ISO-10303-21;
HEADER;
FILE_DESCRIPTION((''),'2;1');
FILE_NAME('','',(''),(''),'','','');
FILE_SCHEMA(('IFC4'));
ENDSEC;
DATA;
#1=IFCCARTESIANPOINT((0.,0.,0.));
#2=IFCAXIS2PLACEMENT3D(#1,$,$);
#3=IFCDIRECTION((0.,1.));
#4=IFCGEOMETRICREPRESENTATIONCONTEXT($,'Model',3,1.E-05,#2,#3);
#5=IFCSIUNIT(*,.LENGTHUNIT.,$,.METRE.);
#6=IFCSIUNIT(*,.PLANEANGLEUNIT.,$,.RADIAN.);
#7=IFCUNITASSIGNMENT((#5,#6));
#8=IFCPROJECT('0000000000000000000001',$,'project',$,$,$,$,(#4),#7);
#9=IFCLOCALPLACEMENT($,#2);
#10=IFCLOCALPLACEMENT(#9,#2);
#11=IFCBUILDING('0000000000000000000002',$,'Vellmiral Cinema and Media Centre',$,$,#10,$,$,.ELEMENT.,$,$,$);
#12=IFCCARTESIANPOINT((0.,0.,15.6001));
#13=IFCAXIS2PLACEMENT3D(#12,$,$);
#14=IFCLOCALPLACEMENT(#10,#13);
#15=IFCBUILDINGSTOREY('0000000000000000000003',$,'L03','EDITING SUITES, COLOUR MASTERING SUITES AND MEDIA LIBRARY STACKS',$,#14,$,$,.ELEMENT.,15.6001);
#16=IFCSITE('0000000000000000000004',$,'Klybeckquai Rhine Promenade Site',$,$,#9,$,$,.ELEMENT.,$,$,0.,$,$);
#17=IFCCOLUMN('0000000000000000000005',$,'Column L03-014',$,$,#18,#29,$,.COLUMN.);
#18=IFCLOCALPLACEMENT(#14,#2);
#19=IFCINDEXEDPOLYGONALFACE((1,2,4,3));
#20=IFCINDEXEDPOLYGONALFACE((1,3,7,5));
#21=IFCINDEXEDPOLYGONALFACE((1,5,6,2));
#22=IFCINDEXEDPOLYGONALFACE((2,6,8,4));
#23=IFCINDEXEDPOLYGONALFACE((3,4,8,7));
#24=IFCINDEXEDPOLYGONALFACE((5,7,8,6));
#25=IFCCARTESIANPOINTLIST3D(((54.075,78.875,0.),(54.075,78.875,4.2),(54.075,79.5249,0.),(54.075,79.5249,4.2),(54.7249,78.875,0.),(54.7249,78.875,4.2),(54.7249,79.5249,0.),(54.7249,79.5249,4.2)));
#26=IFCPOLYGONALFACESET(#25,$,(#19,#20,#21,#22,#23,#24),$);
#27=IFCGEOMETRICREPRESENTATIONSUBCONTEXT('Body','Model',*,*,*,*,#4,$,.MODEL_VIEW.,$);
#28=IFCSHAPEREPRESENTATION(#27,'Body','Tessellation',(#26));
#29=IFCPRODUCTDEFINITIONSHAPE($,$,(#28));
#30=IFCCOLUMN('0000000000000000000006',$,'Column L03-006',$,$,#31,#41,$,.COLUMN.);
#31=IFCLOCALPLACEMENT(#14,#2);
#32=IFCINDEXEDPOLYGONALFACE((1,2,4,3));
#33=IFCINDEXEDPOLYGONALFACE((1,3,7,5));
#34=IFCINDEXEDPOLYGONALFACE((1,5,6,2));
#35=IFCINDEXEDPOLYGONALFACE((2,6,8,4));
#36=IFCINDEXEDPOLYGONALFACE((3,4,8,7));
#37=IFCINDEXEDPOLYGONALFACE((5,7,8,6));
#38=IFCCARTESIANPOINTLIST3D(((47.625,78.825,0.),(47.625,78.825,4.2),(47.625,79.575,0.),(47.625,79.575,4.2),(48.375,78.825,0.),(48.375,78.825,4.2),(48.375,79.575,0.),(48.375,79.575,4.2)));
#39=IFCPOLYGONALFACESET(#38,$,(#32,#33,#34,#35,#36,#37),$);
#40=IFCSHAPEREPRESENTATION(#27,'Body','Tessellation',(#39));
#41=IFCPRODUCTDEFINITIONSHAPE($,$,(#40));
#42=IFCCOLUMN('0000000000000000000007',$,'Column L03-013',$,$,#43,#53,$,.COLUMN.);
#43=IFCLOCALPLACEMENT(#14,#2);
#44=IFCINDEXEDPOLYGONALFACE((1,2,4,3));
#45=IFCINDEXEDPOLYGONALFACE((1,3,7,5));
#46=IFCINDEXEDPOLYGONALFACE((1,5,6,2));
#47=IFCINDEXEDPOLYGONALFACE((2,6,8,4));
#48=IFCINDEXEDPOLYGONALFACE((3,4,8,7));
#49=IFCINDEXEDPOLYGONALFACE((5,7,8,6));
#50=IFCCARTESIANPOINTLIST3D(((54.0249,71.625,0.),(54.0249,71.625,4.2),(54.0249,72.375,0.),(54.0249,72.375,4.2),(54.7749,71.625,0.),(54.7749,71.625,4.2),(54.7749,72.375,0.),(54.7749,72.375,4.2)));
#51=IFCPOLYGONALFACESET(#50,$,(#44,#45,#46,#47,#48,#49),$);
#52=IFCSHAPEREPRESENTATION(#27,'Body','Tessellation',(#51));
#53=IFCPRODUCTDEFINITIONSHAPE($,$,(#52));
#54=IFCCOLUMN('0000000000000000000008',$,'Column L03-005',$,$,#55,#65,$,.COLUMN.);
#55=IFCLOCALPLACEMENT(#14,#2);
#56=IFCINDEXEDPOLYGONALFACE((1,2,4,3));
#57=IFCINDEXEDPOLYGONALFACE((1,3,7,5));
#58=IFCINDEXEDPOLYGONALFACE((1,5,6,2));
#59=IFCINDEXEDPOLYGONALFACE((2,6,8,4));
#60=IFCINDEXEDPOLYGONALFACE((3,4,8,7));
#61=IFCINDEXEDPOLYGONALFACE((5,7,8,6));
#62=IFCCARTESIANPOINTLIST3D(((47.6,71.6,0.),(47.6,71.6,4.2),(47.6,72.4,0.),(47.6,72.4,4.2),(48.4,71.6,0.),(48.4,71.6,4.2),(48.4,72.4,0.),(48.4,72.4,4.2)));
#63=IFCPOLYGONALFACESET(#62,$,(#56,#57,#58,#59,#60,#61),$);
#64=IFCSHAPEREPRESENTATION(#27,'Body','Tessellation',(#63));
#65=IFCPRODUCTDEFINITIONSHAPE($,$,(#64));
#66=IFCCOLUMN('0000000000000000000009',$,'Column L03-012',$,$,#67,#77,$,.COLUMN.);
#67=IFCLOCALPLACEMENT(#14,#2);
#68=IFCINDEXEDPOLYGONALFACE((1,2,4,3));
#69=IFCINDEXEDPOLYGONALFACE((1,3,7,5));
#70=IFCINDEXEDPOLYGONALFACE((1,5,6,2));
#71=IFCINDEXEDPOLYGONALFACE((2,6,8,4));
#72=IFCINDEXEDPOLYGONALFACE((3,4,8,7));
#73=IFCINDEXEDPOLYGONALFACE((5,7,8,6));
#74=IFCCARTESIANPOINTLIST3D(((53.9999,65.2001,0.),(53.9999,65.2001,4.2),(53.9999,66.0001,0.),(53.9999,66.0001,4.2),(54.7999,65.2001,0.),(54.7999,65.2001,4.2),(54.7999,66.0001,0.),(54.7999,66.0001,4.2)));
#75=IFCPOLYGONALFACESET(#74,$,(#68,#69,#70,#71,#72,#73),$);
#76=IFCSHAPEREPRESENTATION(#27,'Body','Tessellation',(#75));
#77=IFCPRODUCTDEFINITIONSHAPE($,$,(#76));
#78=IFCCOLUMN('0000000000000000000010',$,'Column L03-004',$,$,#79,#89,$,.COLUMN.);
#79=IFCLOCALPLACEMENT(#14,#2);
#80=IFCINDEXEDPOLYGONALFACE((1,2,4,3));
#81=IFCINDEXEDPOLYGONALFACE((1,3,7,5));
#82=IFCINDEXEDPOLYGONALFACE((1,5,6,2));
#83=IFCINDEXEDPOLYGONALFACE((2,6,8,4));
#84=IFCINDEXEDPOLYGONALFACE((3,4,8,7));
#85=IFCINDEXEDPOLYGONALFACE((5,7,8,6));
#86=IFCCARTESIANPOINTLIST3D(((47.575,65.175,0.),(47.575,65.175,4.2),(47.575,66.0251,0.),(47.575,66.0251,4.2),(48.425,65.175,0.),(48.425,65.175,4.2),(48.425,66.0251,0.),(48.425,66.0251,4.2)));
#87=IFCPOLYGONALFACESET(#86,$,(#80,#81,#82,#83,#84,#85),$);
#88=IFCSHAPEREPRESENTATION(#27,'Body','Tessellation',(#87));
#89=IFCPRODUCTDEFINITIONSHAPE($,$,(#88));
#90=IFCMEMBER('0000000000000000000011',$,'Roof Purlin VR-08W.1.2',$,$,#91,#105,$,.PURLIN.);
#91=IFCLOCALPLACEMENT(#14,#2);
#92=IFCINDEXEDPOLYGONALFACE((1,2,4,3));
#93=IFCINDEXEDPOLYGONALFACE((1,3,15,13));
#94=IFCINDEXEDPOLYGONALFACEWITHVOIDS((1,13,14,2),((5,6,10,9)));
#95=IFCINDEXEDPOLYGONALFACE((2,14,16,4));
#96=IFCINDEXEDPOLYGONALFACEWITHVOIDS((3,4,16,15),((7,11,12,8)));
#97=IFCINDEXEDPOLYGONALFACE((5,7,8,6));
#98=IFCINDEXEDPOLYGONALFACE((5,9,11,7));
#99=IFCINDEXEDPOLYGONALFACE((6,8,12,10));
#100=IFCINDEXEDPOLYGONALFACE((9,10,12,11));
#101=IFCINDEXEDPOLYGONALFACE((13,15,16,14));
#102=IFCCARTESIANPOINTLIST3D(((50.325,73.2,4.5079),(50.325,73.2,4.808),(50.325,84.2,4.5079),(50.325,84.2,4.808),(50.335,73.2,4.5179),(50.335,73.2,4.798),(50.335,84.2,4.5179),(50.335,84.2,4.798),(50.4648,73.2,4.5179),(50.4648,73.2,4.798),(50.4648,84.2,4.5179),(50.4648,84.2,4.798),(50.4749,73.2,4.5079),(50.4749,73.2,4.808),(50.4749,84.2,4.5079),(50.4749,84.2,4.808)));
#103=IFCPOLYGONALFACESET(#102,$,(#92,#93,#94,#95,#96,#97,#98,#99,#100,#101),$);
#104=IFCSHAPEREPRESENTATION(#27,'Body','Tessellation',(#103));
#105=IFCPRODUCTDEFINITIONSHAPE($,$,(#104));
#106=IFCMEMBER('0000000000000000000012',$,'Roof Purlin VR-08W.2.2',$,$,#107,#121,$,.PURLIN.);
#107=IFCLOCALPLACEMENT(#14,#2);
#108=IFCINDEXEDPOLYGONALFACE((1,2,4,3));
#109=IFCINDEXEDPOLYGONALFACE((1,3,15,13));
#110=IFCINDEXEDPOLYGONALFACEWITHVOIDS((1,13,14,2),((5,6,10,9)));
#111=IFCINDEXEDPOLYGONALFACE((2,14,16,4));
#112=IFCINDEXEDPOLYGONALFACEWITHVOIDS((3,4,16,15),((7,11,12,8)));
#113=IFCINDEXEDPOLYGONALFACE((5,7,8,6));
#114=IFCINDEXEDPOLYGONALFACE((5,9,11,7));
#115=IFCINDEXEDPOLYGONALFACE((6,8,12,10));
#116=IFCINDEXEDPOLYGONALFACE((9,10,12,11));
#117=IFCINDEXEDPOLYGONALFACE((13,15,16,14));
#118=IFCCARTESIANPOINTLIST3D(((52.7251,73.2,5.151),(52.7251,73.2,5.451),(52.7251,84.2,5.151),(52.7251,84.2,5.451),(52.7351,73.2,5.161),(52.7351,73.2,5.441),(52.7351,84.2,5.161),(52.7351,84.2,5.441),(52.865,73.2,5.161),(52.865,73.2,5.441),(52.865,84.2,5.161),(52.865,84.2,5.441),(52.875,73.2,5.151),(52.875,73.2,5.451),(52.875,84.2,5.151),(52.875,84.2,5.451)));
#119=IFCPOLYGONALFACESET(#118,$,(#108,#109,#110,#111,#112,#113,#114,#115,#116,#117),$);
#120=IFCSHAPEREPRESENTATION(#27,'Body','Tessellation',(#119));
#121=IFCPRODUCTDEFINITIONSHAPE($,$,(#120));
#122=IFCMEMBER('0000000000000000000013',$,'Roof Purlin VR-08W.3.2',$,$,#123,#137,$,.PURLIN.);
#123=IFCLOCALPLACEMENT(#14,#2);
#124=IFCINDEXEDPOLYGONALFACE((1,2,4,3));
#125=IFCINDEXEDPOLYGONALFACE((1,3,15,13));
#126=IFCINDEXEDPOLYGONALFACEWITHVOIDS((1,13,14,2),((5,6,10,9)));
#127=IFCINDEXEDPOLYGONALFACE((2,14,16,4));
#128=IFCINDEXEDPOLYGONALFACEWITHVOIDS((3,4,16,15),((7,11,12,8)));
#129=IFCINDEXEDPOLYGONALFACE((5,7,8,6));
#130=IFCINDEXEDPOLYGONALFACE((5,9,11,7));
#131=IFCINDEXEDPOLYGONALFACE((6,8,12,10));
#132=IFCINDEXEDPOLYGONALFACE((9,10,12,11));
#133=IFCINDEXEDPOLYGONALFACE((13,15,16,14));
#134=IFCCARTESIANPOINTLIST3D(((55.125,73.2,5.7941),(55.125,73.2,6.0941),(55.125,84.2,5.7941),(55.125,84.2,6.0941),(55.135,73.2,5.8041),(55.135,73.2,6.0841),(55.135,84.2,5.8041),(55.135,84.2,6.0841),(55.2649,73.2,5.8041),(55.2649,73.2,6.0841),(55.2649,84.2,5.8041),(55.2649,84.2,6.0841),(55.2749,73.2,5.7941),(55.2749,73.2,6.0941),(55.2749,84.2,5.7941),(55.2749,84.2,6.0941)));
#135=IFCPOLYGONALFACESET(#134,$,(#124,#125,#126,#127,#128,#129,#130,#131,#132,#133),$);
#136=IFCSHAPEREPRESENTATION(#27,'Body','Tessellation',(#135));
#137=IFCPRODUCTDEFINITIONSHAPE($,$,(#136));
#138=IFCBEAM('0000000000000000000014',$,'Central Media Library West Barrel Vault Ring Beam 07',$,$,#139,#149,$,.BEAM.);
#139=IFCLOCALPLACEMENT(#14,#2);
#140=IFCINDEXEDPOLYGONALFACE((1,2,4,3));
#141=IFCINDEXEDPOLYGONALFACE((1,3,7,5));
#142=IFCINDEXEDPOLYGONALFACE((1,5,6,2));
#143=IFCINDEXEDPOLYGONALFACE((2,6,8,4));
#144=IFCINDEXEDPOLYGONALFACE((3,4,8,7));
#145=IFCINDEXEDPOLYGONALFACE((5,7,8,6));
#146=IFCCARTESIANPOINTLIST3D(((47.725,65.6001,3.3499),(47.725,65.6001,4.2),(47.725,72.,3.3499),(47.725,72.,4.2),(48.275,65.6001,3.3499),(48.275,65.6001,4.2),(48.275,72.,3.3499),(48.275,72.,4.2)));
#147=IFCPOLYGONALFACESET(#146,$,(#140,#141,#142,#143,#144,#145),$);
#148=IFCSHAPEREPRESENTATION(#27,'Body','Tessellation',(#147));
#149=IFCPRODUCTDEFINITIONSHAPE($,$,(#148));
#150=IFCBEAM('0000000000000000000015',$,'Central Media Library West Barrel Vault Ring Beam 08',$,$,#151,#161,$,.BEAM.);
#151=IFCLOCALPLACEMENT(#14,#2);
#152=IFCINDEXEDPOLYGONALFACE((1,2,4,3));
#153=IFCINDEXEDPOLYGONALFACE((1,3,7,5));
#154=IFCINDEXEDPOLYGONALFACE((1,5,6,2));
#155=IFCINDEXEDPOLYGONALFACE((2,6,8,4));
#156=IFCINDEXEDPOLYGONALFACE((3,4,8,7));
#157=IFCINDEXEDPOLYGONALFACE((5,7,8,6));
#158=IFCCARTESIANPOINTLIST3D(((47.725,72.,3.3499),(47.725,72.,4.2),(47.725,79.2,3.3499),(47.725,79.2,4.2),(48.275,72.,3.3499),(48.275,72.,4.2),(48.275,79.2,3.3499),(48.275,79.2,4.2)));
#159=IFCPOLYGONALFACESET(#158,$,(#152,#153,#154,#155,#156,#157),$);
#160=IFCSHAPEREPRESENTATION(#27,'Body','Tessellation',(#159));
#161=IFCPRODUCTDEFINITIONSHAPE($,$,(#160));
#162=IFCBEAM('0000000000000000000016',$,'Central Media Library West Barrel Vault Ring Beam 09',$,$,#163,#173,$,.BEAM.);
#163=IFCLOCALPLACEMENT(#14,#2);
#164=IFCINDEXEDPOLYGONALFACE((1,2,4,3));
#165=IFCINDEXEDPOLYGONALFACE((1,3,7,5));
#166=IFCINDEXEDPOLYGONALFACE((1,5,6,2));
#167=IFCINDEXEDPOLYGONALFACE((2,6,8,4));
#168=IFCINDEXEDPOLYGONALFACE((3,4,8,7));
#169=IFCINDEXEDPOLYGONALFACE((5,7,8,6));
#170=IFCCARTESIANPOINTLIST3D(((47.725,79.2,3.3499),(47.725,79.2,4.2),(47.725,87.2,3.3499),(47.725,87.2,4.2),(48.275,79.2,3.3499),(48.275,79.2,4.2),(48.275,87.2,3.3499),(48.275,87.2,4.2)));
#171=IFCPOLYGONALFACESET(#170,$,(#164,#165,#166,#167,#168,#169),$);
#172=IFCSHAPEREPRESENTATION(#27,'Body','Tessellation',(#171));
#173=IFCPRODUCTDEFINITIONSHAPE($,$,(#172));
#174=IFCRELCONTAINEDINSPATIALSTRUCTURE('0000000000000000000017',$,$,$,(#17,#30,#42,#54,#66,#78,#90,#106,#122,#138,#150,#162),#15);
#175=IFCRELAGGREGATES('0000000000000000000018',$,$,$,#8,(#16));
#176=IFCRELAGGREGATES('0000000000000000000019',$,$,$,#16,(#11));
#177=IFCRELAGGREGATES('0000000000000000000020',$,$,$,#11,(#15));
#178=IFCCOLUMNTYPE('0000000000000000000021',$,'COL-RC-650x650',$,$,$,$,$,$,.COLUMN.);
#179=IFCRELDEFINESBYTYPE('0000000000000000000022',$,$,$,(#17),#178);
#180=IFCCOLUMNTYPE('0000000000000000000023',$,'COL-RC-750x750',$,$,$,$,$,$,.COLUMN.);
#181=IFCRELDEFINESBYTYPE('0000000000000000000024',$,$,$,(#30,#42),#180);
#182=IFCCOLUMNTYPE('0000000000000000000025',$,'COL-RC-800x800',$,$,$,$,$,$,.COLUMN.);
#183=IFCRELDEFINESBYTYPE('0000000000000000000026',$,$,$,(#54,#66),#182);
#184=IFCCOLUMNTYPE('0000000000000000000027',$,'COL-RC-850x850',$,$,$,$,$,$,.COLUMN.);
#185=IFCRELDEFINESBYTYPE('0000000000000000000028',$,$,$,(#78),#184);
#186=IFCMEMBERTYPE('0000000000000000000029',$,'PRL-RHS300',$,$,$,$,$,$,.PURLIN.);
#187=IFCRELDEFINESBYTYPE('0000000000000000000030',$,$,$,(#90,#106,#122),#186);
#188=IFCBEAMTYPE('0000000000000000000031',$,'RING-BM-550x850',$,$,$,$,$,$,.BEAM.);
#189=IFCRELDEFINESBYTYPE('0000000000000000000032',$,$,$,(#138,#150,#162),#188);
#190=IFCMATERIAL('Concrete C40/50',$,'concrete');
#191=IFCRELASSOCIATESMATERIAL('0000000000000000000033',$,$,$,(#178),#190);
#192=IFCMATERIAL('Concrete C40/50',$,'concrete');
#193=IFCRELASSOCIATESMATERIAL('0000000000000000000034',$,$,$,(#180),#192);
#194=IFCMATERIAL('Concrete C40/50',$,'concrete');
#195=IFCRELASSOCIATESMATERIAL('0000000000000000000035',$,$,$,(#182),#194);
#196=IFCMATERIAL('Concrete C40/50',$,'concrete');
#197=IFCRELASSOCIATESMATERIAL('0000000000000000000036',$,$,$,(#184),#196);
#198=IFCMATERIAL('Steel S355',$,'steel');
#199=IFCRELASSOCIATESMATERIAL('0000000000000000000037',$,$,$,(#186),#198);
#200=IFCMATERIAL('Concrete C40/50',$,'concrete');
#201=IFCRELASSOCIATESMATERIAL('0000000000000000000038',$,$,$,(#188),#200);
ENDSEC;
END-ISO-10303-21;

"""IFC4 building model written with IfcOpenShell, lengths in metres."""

from ifc_helpers import new_model, si_unit, direction, frame, origin, origin_2d, place, context, subcontext, project, spatial, rectangle, hollow_rectangle, extrude, material, material_profile, profile_set, type_object, element, save


model = new_model("IFC4")

# Units and contexts
model_context = context("Model", 3, precision=1e-05, world=origin(), true_north=direction((0.0, 1.0)))
body_context = subcontext(model_context, "Body", "Model", "MODEL_VIEW")
ifc_project = project(units=[si_unit("LENGTHUNIT", "METRE"), si_unit("PLANEANGLEUNIT", "RADIAN")], contexts=[model_context])

# Site, building, storey
site_placement = place(None, origin())
site = spatial("IfcSite", under=ifc_project, at=site_placement, Name="Klybeckquai Rhine Promenade Site", CompositionType="ELEMENT", RefElevation=0.0)
building_placement = place(site_placement, origin())
building = spatial("IfcBuilding", under=site, at=building_placement, Name="Vellmiral Cinema and Media Centre", CompositionType="ELEMENT")
storey_placement = place(building_placement, frame((0.0, 0.0, 15.6001)))
storey = spatial("IfcBuildingStorey", under=building, at=storey_placement, Name="L03", Description="EDITING SUITES, COLOUR MASTERING SUITES AND MEDIA LIBRARY STACKS", CompositionType="ELEMENT", Elevation=15.6001)

# Columns
ifc_material_1 = material(Name="Concrete C40/50", Category="concrete")
ifc_material_profile_1 = material_profile(ifc_material_1, rectangle(XDim=0.6499, YDim=0.6499, at=origin_2d()), Name="RC 650x650")
ifc_profile_set_1 = profile_set([ifc_material_profile_1], Name="Concrete C40/50")
column_type_1 = type_object("IfcColumnType", Name="COL-RC-650x650", PredefinedType="COLUMN", material=ifc_profile_set_1)
column_1_placement = place(storey_placement, frame((54.3999, 79.2, 0.0), z_axis=(0.0, 0.0, 1.0), x_axis=(1.0, 0.0, 0.0)))
element("IfcColumn", 1, at=column_1_placement, inside=storey, type_object=column_type_1, Name="Column L03-014", PredefinedType="COLUMN", context=body_context, shape_type="SweptSolid", body=[
    extrude(rectangle(XDim=0.6499, YDim=0.6499, at=origin_2d()), origin(), (0.0, 0.0, 1.0), 4.2),
])
ifc_material_2 = material(Name="Concrete C40/50", Category="concrete")
ifc_material_profile_2 = material_profile(ifc_material_2, rectangle(XDim=0.75, YDim=0.75, at=origin_2d()), Name="RC 750x750")
ifc_profile_set_2 = profile_set([ifc_material_profile_2], Name="Concrete C40/50")
column_type_2 = type_object("IfcColumnType", Name="COL-RC-750x750", PredefinedType="COLUMN", material=ifc_profile_set_2)
for number, where, z_axis, x_axis, name in (
    (2, (48.0, 79.2, 0.0), (0.0, 0.0, 1.0), (1.0, 0.0, 0.0), "Column L03-006"),
    (3, (54.3999, 72.0, 0.0), (0.0, 0.0, 1.0), (1.0, 0.0, 0.0), "Column L03-013"),
):
    element("IfcColumn", number, at=place(storey_placement, frame(where, z_axis=z_axis, x_axis=x_axis)), inside=storey, type_object=column_type_2, Name=name, PredefinedType="COLUMN", context=body_context, shape_type="SweptSolid", body=[
        extrude(rectangle(XDim=0.75, YDim=0.75, at=origin_2d()), origin(), (0.0, 0.0, 1.0), 4.2),
    ])
ifc_material_3 = material(Name="Concrete C40/50", Category="concrete")
ifc_material_profile_3 = material_profile(ifc_material_3, rectangle(XDim=0.8, YDim=0.8, at=origin_2d()), Name="RC 800x800")
ifc_profile_set_3 = profile_set([ifc_material_profile_3], Name="Concrete C40/50")
column_type_3 = type_object("IfcColumnType", Name="COL-RC-800x800", PredefinedType="COLUMN", material=ifc_profile_set_3)
for number, where, z_axis, x_axis, name in (
    (4, (48.0, 72.0, 0.0), (0.0, 0.0, 1.0), (1.0, 0.0, 0.0), "Column L03-005"),
    (5, (54.3999, 65.6001, 0.0), (0.0, 0.0, 1.0), (1.0, 0.0, 0.0), "Column L03-012"),
):
    element("IfcColumn", number, at=place(storey_placement, frame(where, z_axis=z_axis, x_axis=x_axis)), inside=storey, type_object=column_type_3, Name=name, PredefinedType="COLUMN", context=body_context, shape_type="SweptSolid", body=[
        extrude(rectangle(XDim=0.8, YDim=0.8, at=origin_2d()), origin(), (0.0, 0.0, 1.0), 4.2),
    ])
ifc_material_4 = material(Name="Concrete C40/50", Category="concrete")
ifc_material_profile_4 = material_profile(ifc_material_4, rectangle(XDim=0.8501, YDim=0.8501, at=origin_2d()), Name="RC 850x850")
ifc_profile_set_4 = profile_set([ifc_material_profile_4], Name="Concrete C40/50")
column_type_4 = type_object("IfcColumnType", Name="COL-RC-850x850", PredefinedType="COLUMN", material=ifc_profile_set_4)
column_2_placement = place(storey_placement, frame((48.0, 65.6001, 0.0), z_axis=(0.0, 0.0, 1.0), x_axis=(1.0, 0.0, 0.0)))
element("IfcColumn", 6, at=column_2_placement, inside=storey, type_object=column_type_4, Name="Column L03-004", PredefinedType="COLUMN", context=body_context, shape_type="SweptSolid", body=[
    extrude(rectangle(XDim=0.8501, YDim=0.8501, at=origin_2d()), origin(), (0.0, 0.0, 1.0), 4.2),
])

# Members
ifc_material_5 = material(Name="Steel S355", Category="steel")
ifc_material_profile_5 = material_profile(ifc_material_5, hollow_rectangle(XDim=0.1499, YDim=0.3, WallThickness=0.01, at=origin_2d()), Name="RHS 300x150x10.0")
ifc_profile_set_5 = profile_set([ifc_material_profile_5], Name="Steel S355")
member_type_1 = type_object("IfcMemberType", Name="PRL-RHS300", PredefinedType="PURLIN", material=ifc_profile_set_5)
for number, where, z_axis, x_axis, name in (
    (7, (50.3999, 73.2, 4.658), (0.0, 1.0, 0.0), (-1.0, 0.0, 0.0), "Roof Purlin VR-08W.1.2"),
    (8, (52.8, 73.2, 5.301), (0.0, 1.0, 0.0), (-1.0, 0.0, 0.0), "Roof Purlin VR-08W.2.2"),
    (9, (55.2, 73.2, 5.9441), (0.0, 1.0, 0.0), (-1.0, 0.0, 0.0), "Roof Purlin VR-08W.3.2"),
):
    element("IfcMember", number, at=place(storey_placement, frame(where, z_axis=z_axis, x_axis=x_axis)), inside=storey, type_object=member_type_1, Name=name, PredefinedType="PURLIN", context=body_context, shape_type="SweptSolid", body=[
        extrude(hollow_rectangle(XDim=0.1499, YDim=0.3, WallThickness=0.01, at=origin_2d()), origin(), (0.0, 0.0, 1.0), 11.0),
    ])

# Beams
ifc_material_6 = material(Name="Concrete C40/50", Category="concrete")
ifc_material_profile_6 = material_profile(ifc_material_6, rectangle(XDim=0.55, YDim=0.8501, at=origin_2d()), Name="RC 550x850")
ifc_profile_set_6 = profile_set([ifc_material_profile_6], Name="Concrete C40/50")
beam_type = type_object("IfcBeamType", Name="RING-BM-550x850", PredefinedType="BEAM", material=ifc_profile_set_6)
beam_1_placement = place(storey_placement, frame((48.0, 65.6001, 3.7749), z_axis=(0.0, 1.0, 0.0), x_axis=(-1.0, 0.0, 0.0)))
element("IfcBeam", 10, at=beam_1_placement, inside=storey, type_object=beam_type, Name="Central Media Library West Barrel Vault Ring Beam 07", PredefinedType="BEAM", context=body_context, shape_type="SweptSolid", body=[
    extrude(rectangle(XDim=0.55, YDim=0.8501, at=origin_2d()), origin(), (0.0, 0.0, 1.0), 6.3999),
])
beam_2_placement = place(storey_placement, frame((48.0, 72.0, 3.7749), z_axis=(0.0, 1.0, 0.0), x_axis=(-1.0, 0.0, 0.0)))
element("IfcBeam", 11, at=beam_2_placement, inside=storey, type_object=beam_type, Name="Central Media Library West Barrel Vault Ring Beam 08", PredefinedType="BEAM", context=body_context, shape_type="SweptSolid", body=[
    extrude(rectangle(XDim=0.55, YDim=0.8501, at=origin_2d()), origin(), (0.0, 0.0, 1.0), 7.2),
])
beam_3_placement = place(storey_placement, frame((48.0, 79.2, 3.7749), z_axis=(0.0, 1.0, 0.0), x_axis=(-1.0, 0.0, 0.0)))
element("IfcBeam", 12, at=beam_3_placement, inside=storey, type_object=beam_type, Name="Central Media Library West Barrel Vault Ring Beam 09", PredefinedType="BEAM", context=body_context, shape_type="SweptSolid", body=[
    extrude(rectangle(XDim=0.55, YDim=0.8501, at=origin_2d()), origin(), (0.0, 0.0, 1.0), 8.0),
])

save(model, "model.ifc")
